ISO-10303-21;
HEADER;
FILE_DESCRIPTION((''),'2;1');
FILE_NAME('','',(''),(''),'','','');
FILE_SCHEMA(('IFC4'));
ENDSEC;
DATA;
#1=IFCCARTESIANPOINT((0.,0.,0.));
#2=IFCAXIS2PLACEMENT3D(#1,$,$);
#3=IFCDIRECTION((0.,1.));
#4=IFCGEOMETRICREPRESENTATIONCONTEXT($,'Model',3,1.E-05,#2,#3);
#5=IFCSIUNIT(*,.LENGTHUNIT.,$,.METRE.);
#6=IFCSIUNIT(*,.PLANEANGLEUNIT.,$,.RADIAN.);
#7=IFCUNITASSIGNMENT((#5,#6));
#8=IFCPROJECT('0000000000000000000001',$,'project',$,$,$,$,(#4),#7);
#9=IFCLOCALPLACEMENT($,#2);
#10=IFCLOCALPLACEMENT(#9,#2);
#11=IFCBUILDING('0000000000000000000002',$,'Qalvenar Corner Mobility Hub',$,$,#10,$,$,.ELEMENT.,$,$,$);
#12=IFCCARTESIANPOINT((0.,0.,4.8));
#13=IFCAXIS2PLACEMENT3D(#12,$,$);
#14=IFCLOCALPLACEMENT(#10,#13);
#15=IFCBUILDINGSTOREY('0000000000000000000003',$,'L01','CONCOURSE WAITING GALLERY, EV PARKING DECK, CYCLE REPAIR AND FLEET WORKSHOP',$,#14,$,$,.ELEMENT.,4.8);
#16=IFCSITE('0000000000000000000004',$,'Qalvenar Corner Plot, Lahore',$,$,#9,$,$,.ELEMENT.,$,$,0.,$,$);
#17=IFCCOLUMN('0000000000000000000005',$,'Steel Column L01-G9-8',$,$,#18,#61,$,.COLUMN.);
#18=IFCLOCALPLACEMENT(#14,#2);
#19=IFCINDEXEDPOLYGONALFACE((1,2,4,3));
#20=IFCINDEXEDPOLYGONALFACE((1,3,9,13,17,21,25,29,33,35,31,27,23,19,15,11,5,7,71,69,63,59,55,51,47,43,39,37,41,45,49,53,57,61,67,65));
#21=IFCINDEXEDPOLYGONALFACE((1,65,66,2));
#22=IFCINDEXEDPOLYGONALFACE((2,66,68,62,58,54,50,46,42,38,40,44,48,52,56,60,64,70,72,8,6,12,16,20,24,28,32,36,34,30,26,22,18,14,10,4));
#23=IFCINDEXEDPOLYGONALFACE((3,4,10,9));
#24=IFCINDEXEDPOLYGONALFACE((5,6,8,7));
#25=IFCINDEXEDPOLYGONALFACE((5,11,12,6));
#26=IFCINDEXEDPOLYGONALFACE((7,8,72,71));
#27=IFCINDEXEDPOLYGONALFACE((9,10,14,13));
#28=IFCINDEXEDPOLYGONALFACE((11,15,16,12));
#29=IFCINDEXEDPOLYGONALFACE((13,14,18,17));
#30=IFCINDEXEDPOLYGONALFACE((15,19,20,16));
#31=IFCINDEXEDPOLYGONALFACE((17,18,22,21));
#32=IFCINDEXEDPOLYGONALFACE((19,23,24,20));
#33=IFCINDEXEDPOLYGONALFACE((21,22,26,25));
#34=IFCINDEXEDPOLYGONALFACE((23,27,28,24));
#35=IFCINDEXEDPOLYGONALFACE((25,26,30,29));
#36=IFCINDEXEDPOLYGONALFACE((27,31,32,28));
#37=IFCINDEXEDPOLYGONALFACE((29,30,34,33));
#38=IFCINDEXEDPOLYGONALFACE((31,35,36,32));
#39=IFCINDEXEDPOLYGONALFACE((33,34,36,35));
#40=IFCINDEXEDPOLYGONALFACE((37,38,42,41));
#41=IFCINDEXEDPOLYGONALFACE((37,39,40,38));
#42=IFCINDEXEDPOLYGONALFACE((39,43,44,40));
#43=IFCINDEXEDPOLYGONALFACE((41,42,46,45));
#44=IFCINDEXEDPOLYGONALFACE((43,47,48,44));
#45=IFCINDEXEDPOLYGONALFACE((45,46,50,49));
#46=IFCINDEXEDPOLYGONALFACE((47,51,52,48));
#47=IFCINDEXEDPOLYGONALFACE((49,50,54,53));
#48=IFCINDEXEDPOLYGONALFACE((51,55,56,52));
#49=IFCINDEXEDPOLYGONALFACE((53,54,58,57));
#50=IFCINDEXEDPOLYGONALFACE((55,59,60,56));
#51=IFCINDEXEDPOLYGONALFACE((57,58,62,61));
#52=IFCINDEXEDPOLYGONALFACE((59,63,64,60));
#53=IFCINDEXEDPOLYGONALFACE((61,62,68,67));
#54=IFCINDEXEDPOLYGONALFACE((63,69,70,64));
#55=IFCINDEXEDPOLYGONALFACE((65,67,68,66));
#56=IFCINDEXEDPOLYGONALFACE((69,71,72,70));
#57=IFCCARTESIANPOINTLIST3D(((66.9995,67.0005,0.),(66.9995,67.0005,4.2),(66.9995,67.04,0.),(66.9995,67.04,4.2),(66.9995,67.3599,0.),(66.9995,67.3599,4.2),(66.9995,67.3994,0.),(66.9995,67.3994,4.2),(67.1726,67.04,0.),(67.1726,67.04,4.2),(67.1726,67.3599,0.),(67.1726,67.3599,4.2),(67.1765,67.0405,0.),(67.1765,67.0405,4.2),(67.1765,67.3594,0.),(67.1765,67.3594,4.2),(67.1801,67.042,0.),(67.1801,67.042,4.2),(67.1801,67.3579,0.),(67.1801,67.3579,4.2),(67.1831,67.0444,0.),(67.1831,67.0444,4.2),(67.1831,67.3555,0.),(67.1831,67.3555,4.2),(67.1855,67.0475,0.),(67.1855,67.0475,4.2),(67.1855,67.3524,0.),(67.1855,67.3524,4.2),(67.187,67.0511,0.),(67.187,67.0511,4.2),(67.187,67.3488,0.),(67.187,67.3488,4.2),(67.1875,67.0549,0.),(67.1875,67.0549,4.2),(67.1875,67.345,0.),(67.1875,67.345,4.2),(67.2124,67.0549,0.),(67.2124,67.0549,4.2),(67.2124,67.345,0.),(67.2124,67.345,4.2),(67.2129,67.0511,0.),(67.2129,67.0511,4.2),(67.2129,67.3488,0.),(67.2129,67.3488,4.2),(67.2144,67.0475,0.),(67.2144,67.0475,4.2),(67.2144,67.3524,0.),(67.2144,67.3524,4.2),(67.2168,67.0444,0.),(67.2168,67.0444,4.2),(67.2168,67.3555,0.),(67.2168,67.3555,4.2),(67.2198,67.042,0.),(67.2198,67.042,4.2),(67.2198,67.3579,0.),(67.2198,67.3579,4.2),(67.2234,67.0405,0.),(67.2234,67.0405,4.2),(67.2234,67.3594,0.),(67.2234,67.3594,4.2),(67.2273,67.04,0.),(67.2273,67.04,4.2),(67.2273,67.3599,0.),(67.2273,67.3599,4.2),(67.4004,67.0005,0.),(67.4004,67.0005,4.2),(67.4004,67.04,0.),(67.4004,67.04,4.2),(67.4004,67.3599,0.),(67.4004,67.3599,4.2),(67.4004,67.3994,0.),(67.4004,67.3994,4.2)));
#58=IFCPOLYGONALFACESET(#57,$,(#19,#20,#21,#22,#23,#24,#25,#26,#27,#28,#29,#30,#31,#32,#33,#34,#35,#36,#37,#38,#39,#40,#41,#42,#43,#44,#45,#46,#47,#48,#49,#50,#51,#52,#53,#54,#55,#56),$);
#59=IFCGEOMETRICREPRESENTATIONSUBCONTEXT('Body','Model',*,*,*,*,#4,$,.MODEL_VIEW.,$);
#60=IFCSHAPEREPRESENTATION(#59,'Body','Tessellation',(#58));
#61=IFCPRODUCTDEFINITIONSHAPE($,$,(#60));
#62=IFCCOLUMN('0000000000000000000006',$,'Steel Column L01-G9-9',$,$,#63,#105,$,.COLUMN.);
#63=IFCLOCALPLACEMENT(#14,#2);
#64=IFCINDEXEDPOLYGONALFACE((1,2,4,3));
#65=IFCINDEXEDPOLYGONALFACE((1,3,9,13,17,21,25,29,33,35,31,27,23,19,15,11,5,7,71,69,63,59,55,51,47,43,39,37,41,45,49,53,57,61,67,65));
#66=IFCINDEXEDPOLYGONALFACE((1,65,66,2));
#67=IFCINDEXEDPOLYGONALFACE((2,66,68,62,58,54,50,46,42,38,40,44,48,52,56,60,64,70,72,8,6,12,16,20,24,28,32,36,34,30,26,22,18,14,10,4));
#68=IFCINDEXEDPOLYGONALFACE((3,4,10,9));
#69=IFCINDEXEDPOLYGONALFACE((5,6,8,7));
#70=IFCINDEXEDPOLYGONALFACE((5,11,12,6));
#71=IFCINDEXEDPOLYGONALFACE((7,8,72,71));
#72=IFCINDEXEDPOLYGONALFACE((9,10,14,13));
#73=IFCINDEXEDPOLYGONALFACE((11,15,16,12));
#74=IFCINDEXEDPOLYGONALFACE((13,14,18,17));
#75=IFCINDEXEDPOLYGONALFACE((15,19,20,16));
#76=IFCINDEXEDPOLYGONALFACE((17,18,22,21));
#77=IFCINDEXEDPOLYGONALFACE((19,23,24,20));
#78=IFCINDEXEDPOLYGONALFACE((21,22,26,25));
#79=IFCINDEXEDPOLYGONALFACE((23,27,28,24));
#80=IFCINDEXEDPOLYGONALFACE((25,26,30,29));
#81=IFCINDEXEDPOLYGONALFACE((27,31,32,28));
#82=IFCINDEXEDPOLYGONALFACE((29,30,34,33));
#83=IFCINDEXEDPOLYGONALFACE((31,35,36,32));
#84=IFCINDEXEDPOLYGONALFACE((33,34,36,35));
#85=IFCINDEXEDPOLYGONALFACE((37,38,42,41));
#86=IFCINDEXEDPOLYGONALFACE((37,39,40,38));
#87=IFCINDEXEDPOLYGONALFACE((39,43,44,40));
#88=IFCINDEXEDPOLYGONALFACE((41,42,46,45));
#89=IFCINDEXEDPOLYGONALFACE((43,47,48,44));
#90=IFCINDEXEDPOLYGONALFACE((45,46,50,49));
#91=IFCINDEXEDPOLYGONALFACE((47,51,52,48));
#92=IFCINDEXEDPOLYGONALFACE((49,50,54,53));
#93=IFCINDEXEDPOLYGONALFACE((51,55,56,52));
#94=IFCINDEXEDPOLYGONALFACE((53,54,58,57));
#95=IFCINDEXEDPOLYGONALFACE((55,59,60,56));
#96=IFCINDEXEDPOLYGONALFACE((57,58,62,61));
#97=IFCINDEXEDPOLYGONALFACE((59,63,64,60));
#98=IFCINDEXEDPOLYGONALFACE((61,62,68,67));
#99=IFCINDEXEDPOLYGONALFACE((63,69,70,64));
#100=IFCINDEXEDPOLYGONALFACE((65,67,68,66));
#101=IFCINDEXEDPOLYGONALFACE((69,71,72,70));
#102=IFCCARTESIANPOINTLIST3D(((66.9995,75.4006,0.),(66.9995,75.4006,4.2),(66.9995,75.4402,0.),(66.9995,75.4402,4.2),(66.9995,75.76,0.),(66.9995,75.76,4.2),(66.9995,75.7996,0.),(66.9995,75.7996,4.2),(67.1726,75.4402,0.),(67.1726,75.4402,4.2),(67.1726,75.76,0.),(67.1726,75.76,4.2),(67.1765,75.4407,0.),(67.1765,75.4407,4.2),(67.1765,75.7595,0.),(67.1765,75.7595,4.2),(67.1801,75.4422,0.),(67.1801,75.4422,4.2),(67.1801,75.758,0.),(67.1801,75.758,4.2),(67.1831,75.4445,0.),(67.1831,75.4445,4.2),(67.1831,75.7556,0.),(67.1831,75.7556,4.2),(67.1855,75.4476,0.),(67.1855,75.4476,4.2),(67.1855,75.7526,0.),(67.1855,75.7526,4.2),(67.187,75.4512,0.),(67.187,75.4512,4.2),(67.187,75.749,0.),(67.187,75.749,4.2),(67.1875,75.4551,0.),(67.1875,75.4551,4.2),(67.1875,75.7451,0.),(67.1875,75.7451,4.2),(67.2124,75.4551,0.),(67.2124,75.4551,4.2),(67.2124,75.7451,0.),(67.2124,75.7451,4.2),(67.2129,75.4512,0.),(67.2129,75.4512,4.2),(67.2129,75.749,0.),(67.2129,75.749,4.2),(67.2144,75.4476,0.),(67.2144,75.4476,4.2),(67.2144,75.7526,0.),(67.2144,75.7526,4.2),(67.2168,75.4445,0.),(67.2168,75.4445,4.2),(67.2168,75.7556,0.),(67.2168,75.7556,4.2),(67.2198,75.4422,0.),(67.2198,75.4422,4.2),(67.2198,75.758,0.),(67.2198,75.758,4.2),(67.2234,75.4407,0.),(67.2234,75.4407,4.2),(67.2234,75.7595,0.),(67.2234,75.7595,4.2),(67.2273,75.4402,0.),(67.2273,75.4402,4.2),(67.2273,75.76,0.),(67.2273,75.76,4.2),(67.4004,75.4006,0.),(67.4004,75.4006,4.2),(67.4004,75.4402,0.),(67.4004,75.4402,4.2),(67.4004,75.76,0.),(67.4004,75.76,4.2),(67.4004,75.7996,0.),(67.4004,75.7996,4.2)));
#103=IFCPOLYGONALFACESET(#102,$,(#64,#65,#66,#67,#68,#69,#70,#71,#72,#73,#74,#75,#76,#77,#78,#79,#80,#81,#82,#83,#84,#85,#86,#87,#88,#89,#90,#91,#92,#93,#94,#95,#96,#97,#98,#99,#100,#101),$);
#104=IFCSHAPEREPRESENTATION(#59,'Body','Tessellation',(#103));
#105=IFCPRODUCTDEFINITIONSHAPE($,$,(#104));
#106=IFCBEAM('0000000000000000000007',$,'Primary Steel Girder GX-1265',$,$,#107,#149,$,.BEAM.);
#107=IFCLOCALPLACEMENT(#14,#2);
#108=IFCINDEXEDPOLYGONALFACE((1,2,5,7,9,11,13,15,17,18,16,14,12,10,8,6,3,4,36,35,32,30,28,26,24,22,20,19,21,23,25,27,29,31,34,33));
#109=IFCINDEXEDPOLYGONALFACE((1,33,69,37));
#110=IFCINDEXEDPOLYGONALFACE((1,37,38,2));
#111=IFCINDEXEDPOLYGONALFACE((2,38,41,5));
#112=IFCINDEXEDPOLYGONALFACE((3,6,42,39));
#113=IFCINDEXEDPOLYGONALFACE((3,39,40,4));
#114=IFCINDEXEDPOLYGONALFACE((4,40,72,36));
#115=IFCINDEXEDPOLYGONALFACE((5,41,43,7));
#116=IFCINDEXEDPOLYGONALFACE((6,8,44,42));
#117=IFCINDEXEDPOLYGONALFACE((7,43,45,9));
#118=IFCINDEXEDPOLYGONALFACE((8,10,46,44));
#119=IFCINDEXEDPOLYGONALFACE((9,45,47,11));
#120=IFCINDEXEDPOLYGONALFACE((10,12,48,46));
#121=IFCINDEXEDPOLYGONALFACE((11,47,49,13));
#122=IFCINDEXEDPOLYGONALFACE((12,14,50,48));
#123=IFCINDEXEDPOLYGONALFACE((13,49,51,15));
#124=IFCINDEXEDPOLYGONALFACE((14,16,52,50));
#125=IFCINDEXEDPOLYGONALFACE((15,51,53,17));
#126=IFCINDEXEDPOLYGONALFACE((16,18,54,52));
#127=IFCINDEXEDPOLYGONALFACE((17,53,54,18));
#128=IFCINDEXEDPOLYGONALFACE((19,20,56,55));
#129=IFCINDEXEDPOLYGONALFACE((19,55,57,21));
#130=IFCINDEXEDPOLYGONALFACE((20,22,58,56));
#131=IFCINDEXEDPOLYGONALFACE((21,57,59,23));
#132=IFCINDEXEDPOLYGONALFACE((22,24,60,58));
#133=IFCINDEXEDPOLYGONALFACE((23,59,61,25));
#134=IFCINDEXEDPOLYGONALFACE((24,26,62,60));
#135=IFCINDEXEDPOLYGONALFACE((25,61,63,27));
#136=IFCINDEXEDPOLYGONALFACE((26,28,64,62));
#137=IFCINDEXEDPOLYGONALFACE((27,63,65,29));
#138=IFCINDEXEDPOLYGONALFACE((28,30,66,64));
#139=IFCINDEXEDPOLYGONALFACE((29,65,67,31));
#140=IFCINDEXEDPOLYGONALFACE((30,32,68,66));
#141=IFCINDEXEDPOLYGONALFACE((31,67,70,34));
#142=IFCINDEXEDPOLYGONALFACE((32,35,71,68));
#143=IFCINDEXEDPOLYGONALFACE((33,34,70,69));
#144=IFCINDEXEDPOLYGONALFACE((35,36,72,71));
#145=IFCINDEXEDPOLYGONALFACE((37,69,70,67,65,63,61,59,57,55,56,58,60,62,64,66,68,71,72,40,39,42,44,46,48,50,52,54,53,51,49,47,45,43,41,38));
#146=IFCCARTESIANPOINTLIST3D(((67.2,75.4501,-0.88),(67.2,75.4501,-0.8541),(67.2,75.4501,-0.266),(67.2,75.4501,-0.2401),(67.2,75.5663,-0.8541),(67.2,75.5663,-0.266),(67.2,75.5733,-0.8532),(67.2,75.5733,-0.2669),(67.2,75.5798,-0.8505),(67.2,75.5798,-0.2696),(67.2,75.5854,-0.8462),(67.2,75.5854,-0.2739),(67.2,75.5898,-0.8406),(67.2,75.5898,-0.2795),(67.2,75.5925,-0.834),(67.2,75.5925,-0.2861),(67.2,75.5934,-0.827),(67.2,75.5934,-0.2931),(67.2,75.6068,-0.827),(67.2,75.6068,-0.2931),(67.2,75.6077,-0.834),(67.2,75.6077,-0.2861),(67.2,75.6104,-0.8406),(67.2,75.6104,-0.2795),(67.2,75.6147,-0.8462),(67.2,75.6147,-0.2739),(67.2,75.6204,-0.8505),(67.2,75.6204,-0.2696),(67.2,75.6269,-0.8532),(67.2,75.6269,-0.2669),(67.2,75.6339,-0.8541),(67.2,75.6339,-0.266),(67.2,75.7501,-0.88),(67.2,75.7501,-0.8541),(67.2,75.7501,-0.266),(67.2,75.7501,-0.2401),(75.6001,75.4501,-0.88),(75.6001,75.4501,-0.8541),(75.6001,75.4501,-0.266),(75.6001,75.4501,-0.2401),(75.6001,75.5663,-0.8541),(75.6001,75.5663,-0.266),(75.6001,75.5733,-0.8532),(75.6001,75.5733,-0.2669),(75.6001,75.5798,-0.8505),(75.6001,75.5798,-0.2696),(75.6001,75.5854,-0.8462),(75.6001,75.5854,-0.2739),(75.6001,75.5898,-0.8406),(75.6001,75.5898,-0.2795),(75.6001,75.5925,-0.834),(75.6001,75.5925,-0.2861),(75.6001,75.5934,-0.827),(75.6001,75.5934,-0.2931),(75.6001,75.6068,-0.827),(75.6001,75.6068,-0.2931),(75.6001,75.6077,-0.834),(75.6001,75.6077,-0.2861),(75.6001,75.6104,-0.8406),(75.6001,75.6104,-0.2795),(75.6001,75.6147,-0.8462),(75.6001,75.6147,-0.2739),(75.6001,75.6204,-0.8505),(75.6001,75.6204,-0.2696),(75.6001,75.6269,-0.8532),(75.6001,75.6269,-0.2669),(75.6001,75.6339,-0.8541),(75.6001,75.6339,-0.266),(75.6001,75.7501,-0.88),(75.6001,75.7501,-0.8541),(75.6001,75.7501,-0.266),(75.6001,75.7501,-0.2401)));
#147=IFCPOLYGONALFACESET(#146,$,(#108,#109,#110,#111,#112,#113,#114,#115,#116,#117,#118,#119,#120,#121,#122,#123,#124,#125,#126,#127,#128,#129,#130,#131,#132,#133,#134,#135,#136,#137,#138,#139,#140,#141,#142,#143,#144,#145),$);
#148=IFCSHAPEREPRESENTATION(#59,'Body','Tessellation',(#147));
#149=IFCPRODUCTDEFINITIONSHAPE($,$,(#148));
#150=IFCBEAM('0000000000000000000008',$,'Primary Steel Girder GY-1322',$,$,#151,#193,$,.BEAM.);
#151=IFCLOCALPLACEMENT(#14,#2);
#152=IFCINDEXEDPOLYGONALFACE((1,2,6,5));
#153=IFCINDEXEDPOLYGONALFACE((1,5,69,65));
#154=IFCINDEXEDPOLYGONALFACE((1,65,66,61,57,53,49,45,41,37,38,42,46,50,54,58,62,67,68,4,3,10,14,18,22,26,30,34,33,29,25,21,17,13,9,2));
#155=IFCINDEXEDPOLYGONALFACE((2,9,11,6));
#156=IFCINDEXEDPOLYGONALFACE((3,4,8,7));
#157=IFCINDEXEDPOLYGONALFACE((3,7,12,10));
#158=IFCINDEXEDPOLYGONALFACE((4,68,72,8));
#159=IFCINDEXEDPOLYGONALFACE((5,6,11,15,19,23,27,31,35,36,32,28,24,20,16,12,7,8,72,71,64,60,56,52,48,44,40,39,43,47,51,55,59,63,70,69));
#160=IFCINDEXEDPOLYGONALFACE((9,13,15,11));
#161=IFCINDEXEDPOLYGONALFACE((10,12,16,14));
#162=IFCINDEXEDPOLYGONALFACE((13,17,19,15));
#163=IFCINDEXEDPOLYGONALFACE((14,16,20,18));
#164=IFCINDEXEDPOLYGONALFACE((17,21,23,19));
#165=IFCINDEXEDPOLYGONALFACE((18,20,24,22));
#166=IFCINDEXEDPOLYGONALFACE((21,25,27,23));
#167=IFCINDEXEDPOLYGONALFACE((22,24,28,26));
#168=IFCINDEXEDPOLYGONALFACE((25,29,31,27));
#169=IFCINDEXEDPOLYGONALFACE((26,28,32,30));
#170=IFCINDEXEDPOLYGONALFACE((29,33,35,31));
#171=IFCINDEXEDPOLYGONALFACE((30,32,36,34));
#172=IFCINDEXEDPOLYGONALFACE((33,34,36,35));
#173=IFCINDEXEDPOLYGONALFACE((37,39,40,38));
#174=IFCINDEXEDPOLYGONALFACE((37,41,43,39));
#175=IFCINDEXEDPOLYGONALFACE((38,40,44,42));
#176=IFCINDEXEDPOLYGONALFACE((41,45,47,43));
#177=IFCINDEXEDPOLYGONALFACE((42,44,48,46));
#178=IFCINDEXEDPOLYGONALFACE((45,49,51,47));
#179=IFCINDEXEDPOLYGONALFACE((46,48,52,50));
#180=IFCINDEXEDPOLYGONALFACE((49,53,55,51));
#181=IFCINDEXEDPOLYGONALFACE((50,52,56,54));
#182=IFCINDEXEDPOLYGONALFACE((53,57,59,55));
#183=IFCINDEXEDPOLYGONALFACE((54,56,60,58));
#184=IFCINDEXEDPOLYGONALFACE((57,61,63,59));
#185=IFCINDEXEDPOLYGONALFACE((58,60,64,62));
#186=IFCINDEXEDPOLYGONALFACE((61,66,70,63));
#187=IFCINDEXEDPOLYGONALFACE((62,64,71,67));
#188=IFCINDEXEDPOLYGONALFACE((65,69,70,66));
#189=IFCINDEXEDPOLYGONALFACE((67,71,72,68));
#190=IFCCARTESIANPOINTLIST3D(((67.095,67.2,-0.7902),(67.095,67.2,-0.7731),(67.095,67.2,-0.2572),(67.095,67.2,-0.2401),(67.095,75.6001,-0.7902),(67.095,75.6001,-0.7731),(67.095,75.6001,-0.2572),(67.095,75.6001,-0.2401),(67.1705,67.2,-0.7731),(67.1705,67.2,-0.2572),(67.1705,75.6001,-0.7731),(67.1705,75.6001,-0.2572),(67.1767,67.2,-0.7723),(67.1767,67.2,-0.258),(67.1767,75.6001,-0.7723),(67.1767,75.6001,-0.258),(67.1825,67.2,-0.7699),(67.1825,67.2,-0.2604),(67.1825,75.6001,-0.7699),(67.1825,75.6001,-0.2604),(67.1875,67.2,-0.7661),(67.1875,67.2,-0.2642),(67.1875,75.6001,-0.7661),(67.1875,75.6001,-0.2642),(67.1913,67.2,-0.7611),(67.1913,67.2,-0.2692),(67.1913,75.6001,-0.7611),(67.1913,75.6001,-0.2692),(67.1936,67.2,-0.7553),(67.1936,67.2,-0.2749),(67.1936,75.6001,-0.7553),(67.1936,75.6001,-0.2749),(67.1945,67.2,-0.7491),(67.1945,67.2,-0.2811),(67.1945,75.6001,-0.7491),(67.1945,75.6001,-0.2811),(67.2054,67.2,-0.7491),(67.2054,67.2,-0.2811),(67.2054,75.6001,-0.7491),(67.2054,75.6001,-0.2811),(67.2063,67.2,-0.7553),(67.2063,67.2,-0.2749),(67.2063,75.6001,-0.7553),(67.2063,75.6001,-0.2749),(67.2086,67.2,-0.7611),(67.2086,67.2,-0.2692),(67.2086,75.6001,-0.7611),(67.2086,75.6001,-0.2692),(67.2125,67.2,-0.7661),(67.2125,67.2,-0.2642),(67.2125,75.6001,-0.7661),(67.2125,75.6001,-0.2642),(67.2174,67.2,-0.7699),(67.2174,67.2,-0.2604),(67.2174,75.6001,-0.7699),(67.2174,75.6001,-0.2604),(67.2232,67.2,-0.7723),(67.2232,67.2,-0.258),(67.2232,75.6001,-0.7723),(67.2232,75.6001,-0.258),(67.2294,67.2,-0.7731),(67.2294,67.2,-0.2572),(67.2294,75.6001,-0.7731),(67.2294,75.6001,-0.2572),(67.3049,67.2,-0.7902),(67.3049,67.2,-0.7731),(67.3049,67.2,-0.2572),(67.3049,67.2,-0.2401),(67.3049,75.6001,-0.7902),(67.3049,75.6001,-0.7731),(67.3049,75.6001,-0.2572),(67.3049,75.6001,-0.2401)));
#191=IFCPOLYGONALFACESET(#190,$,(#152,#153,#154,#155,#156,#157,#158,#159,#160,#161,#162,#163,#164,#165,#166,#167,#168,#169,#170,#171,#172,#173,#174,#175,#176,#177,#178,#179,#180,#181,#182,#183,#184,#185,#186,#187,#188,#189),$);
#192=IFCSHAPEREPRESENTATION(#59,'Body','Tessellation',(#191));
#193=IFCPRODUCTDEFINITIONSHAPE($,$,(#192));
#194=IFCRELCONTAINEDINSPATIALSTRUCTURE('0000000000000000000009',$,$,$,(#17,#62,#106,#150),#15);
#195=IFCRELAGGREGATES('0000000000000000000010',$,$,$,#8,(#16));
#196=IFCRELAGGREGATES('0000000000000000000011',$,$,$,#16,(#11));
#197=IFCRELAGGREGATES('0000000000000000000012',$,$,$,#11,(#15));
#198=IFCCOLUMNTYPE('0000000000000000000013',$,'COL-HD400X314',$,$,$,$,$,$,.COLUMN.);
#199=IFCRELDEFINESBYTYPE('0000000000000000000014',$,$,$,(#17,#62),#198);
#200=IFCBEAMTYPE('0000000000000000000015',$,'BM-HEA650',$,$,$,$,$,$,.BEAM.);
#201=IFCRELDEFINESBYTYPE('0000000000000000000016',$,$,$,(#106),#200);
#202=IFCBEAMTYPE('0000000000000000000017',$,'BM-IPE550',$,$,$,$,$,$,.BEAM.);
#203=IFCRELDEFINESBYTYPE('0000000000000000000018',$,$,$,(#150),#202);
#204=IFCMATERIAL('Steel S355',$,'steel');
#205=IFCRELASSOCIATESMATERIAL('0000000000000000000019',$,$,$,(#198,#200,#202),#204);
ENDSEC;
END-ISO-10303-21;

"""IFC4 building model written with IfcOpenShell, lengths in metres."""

from ifc_helpers import new_model, si_unit, direction, frame, origin, origin_2d, place, context, subcontext, project, spatial, i_section, extrude, material, material_profile, profile_set, type_object, element, save


model = new_model("IFC4")

# Units and contexts
model_context = context("Model", 3, precision=1e-05, world=origin(), true_north=direction((0.0, 1.0)))
body_context = subcontext(model_context, "Body", "Model", "MODEL_VIEW")
ifc_project = project(units=[si_unit("LENGTHUNIT", "METRE"), si_unit("PLANEANGLEUNIT", "RADIAN")], contexts=[model_context])

# Site, building, storey
site_placement = place(None, origin())
site = spatial("IfcSite", under=ifc_project, at=site_placement, Name="Qalvenar Corner Plot, Lahore", CompositionType="ELEMENT", RefElevation=0.0)
building_placement = place(site_placement, origin())
building = spatial("IfcBuilding", under=site, at=building_placement, Name="Qalvenar Corner Mobility Hub", CompositionType="ELEMENT")
storey_placement = place(building_placement, frame((0.0, 0.0, 4.8)))
storey = spatial("IfcBuildingStorey", under=building, at=storey_placement, Name="L01", Description="CONCOURSE WAITING GALLERY, EV PARKING DECK, CYCLE REPAIR AND FLEET WORKSHOP", CompositionType="ELEMENT", Elevation=4.8)

# Columns
ifc_material_1 = material(Name="Steel S355", Category="steel")
ifc_material_profile_1 = material_profile(ifc_material_1, i_section(OverallWidth=0.4009, OverallDepth=0.3989, WebThickness=0.0249, FlangeThickness=0.0396, FilletRadius=0.0149, at=origin_2d()), Name="HD400x314")
ifc_profile_set_1 = profile_set([ifc_material_profile_1], Name="Steel S355")
column_type = type_object("IfcColumnType", Name="COL-HD400X314", PredefinedType="COLUMN", material=ifc_profile_set_1)
for number, where, z_axis, x_axis, name in (
    (1, (67.2, 67.2, 0.0), (0.0, 0.0, 1.0), (1.0, 0.0, 0.0), "Steel Column L01-G9-8"),
    (2, (67.2, 75.6001, 0.0), (0.0, 0.0, 1.0), (1.0, 0.0, 0.0), "Steel Column L01-G9-9"),
):
    element("IfcColumn", number, at=place(storey_placement, frame(where, z_axis=z_axis, x_axis=x_axis)), inside=storey, type_object=column_type, Name=name, PredefinedType="COLUMN", context=body_context, shape_type="SweptSolid", body=[
        extrude(i_section(OverallWidth=0.4009, OverallDepth=0.3989, WebThickness=0.0249, FlangeThickness=0.0396, FilletRadius=0.0149, at=origin_2d()), origin(), (0.0, 0.0, 1.0), 4.2),
    ])

# Beams
ifc_material_profile_2 = material_profile(ifc_material_1, i_section(OverallWidth=0.3, OverallDepth=0.6399, WebThickness=0.0134, FlangeThickness=0.0259, FilletRadius=0.0271, at=origin_2d()), Name="HEA650")
ifc_profile_set_2 = profile_set([ifc_material_profile_2], Name="Steel S355")
beam_type_1 = type_object("IfcBeamType", Name="BM-HEA650", PredefinedType="BEAM", material=ifc_profile_set_2)
beam_1_placement = place(storey_placement, frame((67.2, 75.6001, -0.5601), z_axis=(1.0, 0.0, 0.0), x_axis=(0.0, 1.0, 0.0)))
element("IfcBeam", 3, at=beam_1_placement, inside=storey, type_object=beam_type_1, Name="Primary Steel Girder GX-1265", PredefinedType="BEAM", context=body_context, shape_type="SweptSolid", body=[
    extrude(i_section(OverallWidth=0.3, OverallDepth=0.6399, WebThickness=0.0134, FlangeThickness=0.0259, FilletRadius=0.0271, at=origin_2d()), origin(), (0.0, 0.0, 1.0), 8.4001),
])
ifc_material_profile_3 = material_profile(ifc_material_1, i_section(OverallWidth=0.21, OverallDepth=0.55, WebThickness=0.011, FlangeThickness=0.0171, FilletRadius=0.0239, at=origin_2d()), Name="IPE550")
ifc_profile_set_3 = profile_set([ifc_material_profile_3], Name="Steel S355")
beam_type_2 = type_object("IfcBeamType", Name="BM-IPE550", PredefinedType="BEAM", material=ifc_profile_set_3)
beam_2_placement = place(storey_placement, frame((67.2, 67.2, -0.5151), z_axis=(0.0, 1.0, 0.0), x_axis=(-1.0, 0.0, 0.0)))
element("IfcBeam", 4, at=beam_2_placement, inside=storey, type_object=beam_type_2, Name="Primary Steel Girder GY-1322", PredefinedType="BEAM", context=body_context, shape_type="SweptSolid", body=[
    extrude(i_section(OverallWidth=0.21, OverallDepth=0.55, WebThickness=0.011, FlangeThickness=0.0171, FilletRadius=0.0239, at=origin_2d()), origin(), (0.0, 0.0, 1.0), 8.4001),
])

save(model, "model.ifc")
